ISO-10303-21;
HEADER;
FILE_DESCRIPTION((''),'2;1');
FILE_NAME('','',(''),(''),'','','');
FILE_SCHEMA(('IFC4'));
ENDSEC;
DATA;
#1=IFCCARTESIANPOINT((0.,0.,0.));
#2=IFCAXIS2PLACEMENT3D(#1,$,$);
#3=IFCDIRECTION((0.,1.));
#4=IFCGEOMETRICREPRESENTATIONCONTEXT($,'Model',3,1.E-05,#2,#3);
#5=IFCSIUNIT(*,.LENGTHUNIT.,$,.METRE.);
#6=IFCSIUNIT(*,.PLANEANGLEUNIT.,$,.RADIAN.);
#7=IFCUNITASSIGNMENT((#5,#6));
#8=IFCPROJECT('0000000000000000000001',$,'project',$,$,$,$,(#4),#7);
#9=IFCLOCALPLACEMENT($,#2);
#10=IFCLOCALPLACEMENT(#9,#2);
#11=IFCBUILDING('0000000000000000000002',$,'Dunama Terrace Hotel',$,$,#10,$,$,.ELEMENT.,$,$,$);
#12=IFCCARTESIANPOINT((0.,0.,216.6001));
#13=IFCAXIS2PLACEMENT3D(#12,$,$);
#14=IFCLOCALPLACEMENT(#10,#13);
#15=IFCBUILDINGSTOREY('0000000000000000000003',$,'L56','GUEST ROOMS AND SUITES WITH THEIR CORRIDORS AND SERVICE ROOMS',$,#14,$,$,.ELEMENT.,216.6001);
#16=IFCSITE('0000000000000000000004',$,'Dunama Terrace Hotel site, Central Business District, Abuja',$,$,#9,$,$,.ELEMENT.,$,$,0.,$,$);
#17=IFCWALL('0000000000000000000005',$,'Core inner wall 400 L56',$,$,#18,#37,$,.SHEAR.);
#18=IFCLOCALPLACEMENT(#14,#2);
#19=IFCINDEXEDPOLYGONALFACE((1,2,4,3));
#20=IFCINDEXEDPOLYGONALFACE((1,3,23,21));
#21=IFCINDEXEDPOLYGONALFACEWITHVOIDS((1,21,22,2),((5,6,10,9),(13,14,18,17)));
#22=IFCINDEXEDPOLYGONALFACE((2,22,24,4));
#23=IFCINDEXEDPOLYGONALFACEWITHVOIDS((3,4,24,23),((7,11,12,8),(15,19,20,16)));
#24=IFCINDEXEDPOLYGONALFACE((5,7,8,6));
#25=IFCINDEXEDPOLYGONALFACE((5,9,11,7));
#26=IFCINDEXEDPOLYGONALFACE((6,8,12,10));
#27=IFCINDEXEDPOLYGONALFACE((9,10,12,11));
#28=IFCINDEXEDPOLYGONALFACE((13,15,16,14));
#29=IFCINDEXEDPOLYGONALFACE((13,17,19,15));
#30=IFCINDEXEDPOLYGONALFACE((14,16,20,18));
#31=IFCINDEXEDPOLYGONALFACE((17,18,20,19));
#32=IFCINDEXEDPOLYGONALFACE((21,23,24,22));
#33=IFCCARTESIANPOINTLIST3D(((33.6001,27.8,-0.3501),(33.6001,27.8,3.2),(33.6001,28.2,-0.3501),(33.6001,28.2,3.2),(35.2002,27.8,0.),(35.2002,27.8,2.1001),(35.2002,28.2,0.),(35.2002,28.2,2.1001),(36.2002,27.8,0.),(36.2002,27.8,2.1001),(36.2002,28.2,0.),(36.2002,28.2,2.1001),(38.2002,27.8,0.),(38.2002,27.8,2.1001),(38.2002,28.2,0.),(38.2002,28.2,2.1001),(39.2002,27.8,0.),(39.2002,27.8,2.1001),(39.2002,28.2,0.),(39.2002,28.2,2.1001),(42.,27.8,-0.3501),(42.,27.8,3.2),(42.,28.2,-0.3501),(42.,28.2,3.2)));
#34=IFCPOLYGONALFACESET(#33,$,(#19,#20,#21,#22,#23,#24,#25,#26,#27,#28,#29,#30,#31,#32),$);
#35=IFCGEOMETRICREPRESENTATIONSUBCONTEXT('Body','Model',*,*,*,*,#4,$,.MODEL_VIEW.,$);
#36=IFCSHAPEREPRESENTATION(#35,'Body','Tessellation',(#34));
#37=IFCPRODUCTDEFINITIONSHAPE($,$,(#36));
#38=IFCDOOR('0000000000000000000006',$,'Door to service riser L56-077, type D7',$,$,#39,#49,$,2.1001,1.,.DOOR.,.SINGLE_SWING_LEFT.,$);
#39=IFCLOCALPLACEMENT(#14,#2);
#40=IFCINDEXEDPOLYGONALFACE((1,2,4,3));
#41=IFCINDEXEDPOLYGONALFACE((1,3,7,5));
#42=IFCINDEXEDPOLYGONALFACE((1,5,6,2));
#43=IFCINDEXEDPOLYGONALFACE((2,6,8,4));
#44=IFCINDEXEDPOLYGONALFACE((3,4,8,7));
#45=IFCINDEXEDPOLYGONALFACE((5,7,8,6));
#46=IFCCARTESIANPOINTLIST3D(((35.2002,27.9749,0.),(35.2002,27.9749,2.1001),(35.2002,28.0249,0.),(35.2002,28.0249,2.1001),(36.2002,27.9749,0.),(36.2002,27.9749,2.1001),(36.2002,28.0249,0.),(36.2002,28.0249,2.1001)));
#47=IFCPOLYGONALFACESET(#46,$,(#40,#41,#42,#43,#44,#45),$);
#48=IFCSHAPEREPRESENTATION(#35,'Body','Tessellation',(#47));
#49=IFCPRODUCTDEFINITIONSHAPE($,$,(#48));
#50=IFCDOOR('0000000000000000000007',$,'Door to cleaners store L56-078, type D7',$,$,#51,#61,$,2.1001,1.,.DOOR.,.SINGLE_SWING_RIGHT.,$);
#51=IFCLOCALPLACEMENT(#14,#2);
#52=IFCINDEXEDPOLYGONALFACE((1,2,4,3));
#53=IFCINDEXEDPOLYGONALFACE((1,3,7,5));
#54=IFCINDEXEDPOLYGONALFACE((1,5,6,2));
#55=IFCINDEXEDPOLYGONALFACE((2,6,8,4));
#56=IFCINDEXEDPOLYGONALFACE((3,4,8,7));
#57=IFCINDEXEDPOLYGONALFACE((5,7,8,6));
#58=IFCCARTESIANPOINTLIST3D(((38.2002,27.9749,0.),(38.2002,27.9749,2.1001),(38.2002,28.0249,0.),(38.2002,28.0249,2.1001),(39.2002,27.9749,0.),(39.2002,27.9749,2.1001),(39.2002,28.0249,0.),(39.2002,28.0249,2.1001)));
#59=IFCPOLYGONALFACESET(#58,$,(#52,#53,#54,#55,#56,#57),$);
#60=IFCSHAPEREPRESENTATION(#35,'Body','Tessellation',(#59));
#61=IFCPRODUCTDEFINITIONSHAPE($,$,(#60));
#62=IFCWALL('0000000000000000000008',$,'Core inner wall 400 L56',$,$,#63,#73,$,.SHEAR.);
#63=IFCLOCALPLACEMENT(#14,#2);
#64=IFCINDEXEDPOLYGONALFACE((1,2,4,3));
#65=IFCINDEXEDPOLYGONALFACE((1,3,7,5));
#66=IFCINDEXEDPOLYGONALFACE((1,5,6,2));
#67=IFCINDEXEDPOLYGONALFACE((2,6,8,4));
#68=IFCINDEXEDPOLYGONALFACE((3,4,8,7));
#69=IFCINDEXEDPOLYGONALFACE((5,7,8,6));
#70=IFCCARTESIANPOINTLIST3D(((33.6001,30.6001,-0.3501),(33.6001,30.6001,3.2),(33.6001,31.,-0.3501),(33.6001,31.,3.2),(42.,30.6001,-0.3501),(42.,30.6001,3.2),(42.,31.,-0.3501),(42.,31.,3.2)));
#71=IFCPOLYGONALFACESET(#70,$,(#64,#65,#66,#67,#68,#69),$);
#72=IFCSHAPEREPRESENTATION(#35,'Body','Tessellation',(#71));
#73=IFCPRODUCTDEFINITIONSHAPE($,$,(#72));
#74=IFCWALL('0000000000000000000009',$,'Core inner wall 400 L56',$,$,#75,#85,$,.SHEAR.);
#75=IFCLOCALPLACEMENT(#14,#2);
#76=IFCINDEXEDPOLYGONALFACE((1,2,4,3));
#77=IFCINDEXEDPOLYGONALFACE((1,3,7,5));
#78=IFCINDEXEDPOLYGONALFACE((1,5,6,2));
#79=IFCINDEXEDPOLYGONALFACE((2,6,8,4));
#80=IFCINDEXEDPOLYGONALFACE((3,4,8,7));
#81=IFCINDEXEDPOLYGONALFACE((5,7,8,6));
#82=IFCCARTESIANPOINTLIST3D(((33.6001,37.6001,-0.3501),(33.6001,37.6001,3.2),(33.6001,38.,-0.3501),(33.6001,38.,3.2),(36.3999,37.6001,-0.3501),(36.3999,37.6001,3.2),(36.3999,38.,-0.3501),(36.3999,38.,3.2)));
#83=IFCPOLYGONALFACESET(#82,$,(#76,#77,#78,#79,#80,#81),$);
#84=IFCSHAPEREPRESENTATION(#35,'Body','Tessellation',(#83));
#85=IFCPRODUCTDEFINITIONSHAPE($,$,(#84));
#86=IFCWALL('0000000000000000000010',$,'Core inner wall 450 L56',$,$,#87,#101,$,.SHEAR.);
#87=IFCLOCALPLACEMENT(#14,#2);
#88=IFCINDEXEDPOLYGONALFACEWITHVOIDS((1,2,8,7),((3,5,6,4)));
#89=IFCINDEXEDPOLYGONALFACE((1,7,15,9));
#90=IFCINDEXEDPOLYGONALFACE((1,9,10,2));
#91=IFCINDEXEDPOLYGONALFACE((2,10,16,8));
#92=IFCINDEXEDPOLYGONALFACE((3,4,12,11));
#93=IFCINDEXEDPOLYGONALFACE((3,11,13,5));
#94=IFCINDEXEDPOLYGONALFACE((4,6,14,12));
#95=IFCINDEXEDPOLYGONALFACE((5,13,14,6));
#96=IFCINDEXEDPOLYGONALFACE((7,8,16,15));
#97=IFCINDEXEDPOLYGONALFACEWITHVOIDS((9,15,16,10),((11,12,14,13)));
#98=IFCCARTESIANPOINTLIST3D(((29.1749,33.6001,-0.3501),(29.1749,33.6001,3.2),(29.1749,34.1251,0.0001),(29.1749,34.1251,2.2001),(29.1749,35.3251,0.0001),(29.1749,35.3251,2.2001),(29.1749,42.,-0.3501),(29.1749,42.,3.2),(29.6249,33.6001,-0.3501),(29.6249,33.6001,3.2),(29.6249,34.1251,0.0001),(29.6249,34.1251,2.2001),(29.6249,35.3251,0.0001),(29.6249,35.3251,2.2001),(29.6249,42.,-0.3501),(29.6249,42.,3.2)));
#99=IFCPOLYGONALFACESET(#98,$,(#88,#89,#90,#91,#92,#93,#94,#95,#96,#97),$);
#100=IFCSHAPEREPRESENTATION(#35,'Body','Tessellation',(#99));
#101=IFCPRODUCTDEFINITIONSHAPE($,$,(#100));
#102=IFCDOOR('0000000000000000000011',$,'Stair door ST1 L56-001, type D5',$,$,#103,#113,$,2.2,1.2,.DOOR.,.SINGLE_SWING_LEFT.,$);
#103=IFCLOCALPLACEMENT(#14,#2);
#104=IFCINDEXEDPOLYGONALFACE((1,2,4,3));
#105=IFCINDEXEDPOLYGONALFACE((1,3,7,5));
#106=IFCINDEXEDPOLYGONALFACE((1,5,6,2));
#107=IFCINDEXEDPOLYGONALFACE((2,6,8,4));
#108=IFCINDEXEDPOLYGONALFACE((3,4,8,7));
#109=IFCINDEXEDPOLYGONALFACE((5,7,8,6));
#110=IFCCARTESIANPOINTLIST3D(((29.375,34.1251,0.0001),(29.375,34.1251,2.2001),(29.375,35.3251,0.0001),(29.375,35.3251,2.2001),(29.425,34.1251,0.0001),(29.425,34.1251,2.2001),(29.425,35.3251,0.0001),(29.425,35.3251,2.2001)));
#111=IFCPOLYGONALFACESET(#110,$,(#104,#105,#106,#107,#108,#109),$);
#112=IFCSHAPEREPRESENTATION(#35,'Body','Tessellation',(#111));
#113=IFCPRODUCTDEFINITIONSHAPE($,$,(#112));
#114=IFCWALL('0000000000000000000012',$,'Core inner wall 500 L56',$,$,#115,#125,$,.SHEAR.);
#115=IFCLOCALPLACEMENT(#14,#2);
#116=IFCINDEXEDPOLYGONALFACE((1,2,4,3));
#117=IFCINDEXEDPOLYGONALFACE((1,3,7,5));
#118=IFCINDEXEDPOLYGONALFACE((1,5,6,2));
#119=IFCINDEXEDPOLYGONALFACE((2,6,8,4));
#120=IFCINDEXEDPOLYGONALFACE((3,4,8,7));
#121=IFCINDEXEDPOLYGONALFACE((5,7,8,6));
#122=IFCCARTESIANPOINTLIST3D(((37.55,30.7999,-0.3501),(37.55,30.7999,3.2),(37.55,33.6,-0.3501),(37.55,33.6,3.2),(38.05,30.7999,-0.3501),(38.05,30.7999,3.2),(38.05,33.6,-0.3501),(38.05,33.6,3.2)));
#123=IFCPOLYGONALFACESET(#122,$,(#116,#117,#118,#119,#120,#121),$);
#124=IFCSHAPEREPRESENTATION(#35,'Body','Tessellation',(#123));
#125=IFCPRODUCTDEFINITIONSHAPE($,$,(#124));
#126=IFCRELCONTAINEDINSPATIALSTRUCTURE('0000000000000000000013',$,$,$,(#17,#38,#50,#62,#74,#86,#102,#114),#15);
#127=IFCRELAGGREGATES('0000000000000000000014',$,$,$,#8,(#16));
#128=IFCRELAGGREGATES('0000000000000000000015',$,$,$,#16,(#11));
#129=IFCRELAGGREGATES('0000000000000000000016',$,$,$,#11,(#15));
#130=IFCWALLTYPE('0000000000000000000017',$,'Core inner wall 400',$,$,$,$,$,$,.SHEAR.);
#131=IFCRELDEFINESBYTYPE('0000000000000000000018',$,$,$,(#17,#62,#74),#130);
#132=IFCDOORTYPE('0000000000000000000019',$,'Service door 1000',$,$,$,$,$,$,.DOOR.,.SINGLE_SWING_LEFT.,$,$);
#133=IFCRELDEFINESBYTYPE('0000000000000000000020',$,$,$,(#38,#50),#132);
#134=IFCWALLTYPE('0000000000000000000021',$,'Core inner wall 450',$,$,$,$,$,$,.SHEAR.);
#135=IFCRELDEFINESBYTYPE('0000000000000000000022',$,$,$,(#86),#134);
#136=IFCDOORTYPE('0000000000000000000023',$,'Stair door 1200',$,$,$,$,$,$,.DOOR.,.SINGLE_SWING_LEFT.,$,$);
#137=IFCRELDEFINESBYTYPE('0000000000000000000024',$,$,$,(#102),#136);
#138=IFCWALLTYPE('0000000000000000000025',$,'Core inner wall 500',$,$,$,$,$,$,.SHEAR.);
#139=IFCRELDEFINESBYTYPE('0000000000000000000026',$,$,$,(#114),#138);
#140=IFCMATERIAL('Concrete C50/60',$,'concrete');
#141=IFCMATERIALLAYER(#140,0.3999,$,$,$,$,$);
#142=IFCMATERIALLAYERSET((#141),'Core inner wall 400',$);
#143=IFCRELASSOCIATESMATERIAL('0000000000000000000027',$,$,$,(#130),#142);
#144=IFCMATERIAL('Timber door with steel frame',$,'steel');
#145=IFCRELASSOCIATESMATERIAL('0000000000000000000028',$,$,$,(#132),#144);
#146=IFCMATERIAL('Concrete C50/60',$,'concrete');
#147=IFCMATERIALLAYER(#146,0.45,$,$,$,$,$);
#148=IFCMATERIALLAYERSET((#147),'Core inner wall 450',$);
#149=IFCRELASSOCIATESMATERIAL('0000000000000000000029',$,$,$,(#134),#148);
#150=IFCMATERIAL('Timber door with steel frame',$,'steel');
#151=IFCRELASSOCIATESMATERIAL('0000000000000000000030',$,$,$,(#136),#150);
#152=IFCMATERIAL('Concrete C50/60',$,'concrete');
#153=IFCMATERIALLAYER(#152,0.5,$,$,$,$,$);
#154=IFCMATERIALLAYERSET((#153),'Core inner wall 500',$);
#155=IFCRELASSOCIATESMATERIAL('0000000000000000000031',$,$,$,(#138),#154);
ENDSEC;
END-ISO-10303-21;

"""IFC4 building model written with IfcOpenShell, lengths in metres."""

from ifc_helpers import new_model, si_unit, direction, frame, frame_2d, origin, place, context, subcontext, project, spatial, rectangle, extrude, material, layer, layer_set, type_object, element, fill, save


model = new_model("IFC4")

# Units and contexts
model_context = context("Model", 3, precision=1e-05, world=origin(), true_north=direction((0.0, 1.0)))
body_context = subcontext(model_context, "Body", "Model", "MODEL_VIEW")
ifc_project = project(units=[si_unit("LENGTHUNIT", "METRE"), si_unit("PLANEANGLEUNIT", "RADIAN")], contexts=[model_context])

# Site, building, storey
site_placement = place(None, origin())
site = spatial("IfcSite", under=ifc_project, at=site_placement, Name="Dunama Terrace Hotel site, Central Business District, Abuja", CompositionType="ELEMENT", RefElevation=0.0)
building_placement = place(site_placement, origin())
building = spatial("IfcBuilding", under=site, at=building_placement, Name="Dunama Terrace Hotel", CompositionType="ELEMENT")
storey_placement = place(building_placement, frame((0.0, 0.0, 216.6001)))
storey = spatial("IfcBuildingStorey", under=building, at=storey_placement, Name="L56", Description="GUEST ROOMS AND SUITES WITH THEIR CORRIDORS AND SERVICE ROOMS", CompositionType="ELEMENT", Elevation=216.6001)

# Shared definitions
ifc_material_1 = material(Name="Concrete C50/60", Category="concrete")
ifc_layer_1 = layer(ifc_material_1, 0.3999)
ifc_layer_set_1 = layer_set([ifc_layer_1], Name="Core inner wall 400")
wall_type_1 = type_object("IfcWallType", Name="Core inner wall 400", PredefinedType="SHEAR", material=ifc_layer_set_1)

# Wall, openings, doors
wall_1_placement = place(storey_placement, frame((33.6001, 28.0, -0.3501), z_axis=(0.0, 0.0, 1.0), x_axis=(1.0, 0.0, 0.0)))
wall_1 = element("IfcWall", 1, at=wall_1_placement, inside=storey, type_object=wall_type_1, Name="Core inner wall 400 L56", PredefinedType="SHEAR", context=body_context, shape_type="SweptSolid", body=[
    extrude(rectangle(XDim=8.3999, YDim=0.3999, at=frame_2d((4.2, 0.0))), origin(), (0.0, 0.0, 1.0), 3.55),
])
opening_1_placement = place(wall_1_placement, frame((1.6001, 0.0, 0.3501)))
opening_1 = element("IfcOpeningElement", 2, at=opening_1_placement, cuts=wall_1, PredefinedType="OPENING", context=body_context, shape_type="SweptSolid", body=[
    extrude(rectangle(XDim=1.0, YDim=2.1001, at=frame_2d((0.5, 1.05))), frame((0.0, 0.21, 0.0), z_axis=(0.0, -1.0, 0.0), x_axis=(1.0, 0.0, 0.0)), (0.0, 0.0, 1.0), 0.4199),
])
opening_2_placement = place(wall_1_placement, frame((4.6001, 0.0, 0.3501)))
opening_2 = element("IfcOpeningElement", 3, at=opening_2_placement, cuts=wall_1, PredefinedType="OPENING", context=body_context, shape_type="SweptSolid", body=[
    extrude(rectangle(XDim=1.0, YDim=2.1001, at=frame_2d((0.5, 1.05))), frame((0.0, 0.21, 0.0), z_axis=(0.0, -1.0, 0.0), x_axis=(1.0, 0.0, 0.0)), (0.0, 0.0, 1.0), 0.4199),
])
ifc_material_2 = material(Name="Timber door with steel frame", Category="steel")
door_type_1 = type_object("IfcDoorType", Name="Service door 1000", OperationType="SINGLE_SWING_LEFT", PredefinedType="DOOR", material=ifc_material_2)
door_1_placement = place(opening_1_placement, frame((1.0, 0.0, 0.0), z_axis=(0.0, 0.0, 1.0), x_axis=(-1.0, 0.0, 0.0)))
door_1 = element("IfcDoor", 4, at=door_1_placement, inside=storey, type_object=door_type_1, Name="Door to service riser L56-077, type D7", OperationType="SINGLE_SWING_LEFT", OverallHeight=2.1001, OverallWidth=1.0, PredefinedType="DOOR", context=body_context, shape_type="SweptSolid", body=[
    extrude(rectangle(XDim=1.0, YDim=2.1001, at=frame_2d((0.5, 1.05))), frame((0.0, 0.0251, 0.0), z_axis=(0.0, -1.0, 0.0), x_axis=(1.0, 0.0, 0.0)), (0.0, 0.0, 1.0), 0.05),
])
fill(opening_1, door_1)
door_2_placement = place(opening_2_placement, frame((1.0, 0.0, 0.0), z_axis=(0.0, 0.0, 1.0), x_axis=(-1.0, 0.0, 0.0)))
door_2 = element("IfcDoor", 5, at=door_2_placement, inside=storey, type_object=door_type_1, Name="Door to cleaners store L56-078, type D7", OperationType="SINGLE_SWING_RIGHT", OverallHeight=2.1001, OverallWidth=1.0, PredefinedType="DOOR", context=body_context, shape_type="SweptSolid", body=[
    extrude(rectangle(XDim=1.0, YDim=2.1001, at=frame_2d((0.5, 1.05))), frame((0.0, 0.0251, 0.0), z_axis=(0.0, -1.0, 0.0), x_axis=(1.0, 0.0, 0.0)), (0.0, 0.0, 1.0), 0.05),
])
fill(opening_2, door_2)

# Walls
wall_2_placement = place(storey_placement, frame((33.6001, 30.8, -0.3501), z_axis=(0.0, 0.0, 1.0), x_axis=(1.0, 0.0, 0.0)))
element("IfcWall", 6, at=wall_2_placement, inside=storey, type_object=wall_type_1, Name="Core inner wall 400 L56", PredefinedType="SHEAR", context=body_context, shape_type="SweptSolid", body=[
    extrude(rectangle(XDim=8.3999, YDim=0.3999, at=frame_2d((4.2, 0.0))), origin(), (0.0, 0.0, 1.0), 3.55),
])
wall_3_placement = place(storey_placement, frame((33.6001, 37.8, -0.3501), z_axis=(0.0, 0.0, 1.0), x_axis=(1.0, 0.0, 0.0)))
element("IfcWall", 7, at=wall_3_placement, inside=storey, type_object=wall_type_1, Name="Core inner wall 400 L56", PredefinedType="SHEAR", context=body_context, shape_type="SweptSolid", body=[
    extrude(rectangle(XDim=2.7998, YDim=0.3999, at=frame_2d((1.3999, 0.0))), origin(), (0.0, 0.0, 1.0), 3.55),
])

# Wall, opening, door
ifc_material_3 = material(Name="Concrete C50/60", Category="concrete")
ifc_layer_2 = layer(ifc_material_3, 0.45)
ifc_layer_set_2 = layer_set([ifc_layer_2], Name="Core inner wall 450")
wall_type_2 = type_object("IfcWallType", Name="Core inner wall 450", PredefinedType="SHEAR", material=ifc_layer_set_2)
wall_4_placement = place(storey_placement, frame((29.3999, 33.6001, -0.3501), z_axis=(0.0, 0.0, 1.0), x_axis=(0.0, 1.0, 0.0)))
wall_4 = element("IfcWall", 8, at=wall_4_placement, inside=storey, type_object=wall_type_2, Name="Core inner wall 450 L56", PredefinedType="SHEAR", context=body_context, shape_type="SweptSolid", body=[
    extrude(rectangle(XDim=8.3999, YDim=0.45, at=frame_2d((4.2, 0.0))), origin(), (0.0, 0.0, 1.0), 3.55),
])
opening_3_placement = place(wall_4_placement, frame((0.5249, 0.0, 0.3501)))
opening_3 = element("IfcOpeningElement", 9, at=opening_3_placement, cuts=wall_4, PredefinedType="OPENING", context=body_context, shape_type="SweptSolid", body=[
    extrude(rectangle(XDim=1.2, YDim=2.2, at=frame_2d((0.6001, 1.1001))), frame((0.0, 0.2349, 0.0), z_axis=(0.0, -1.0, 0.0), x_axis=(1.0, 0.0, 0.0)), (0.0, 0.0, 1.0), 0.47),
])
ifc_material_4 = material(Name="Timber door with steel frame", Category="steel")
door_type_2 = type_object("IfcDoorType", Name="Stair door 1200", OperationType="SINGLE_SWING_LEFT", PredefinedType="DOOR", material=ifc_material_4)
door_3_placement = place(opening_3_placement, origin())
door_3 = element("IfcDoor", 10, at=door_3_placement, inside=storey, type_object=door_type_2, Name="Stair door ST1 L56-001, type D5", OperationType="SINGLE_SWING_LEFT", OverallHeight=2.2, OverallWidth=1.2, PredefinedType="DOOR", context=body_context, shape_type="SweptSolid", body=[
    extrude(rectangle(XDim=1.2, YDim=2.2, at=frame_2d((0.6001, 1.1001))), frame((0.0, 0.0249, 0.0), z_axis=(0.0, -1.0, 0.0), x_axis=(1.0, 0.0, 0.0)), (0.0, 0.0, 1.0), 0.05),
])
fill(opening_3, door_3)

# Wall
ifc_material_5 = material(Name="Concrete C50/60", Category="concrete")
ifc_layer_3 = layer(ifc_material_5, 0.5)
ifc_layer_set_3 = layer_set([ifc_layer_3], Name="Core inner wall 500")
wall_type_3 = type_object("IfcWallType", Name="Core inner wall 500", PredefinedType="SHEAR", material=ifc_layer_set_3)
wall_5_placement = place(storey_placement, frame((37.8, 30.8, -0.3501), z_axis=(0.0, 0.0, 1.0), x_axis=(0.0, 1.0, 0.0)))
element("IfcWall", 11, at=wall_5_placement, inside=storey, type_object=wall_type_3, Name="Core inner wall 500 L56", PredefinedType="SHEAR", context=body_context, shape_type="SweptSolid", body=[
    extrude(rectangle(XDim=2.8, YDim=0.5, at=frame_2d((1.3999, 0.0))), origin(), (0.0, 0.0, 1.0), 3.55),
])

save(model, "model.ifc")
